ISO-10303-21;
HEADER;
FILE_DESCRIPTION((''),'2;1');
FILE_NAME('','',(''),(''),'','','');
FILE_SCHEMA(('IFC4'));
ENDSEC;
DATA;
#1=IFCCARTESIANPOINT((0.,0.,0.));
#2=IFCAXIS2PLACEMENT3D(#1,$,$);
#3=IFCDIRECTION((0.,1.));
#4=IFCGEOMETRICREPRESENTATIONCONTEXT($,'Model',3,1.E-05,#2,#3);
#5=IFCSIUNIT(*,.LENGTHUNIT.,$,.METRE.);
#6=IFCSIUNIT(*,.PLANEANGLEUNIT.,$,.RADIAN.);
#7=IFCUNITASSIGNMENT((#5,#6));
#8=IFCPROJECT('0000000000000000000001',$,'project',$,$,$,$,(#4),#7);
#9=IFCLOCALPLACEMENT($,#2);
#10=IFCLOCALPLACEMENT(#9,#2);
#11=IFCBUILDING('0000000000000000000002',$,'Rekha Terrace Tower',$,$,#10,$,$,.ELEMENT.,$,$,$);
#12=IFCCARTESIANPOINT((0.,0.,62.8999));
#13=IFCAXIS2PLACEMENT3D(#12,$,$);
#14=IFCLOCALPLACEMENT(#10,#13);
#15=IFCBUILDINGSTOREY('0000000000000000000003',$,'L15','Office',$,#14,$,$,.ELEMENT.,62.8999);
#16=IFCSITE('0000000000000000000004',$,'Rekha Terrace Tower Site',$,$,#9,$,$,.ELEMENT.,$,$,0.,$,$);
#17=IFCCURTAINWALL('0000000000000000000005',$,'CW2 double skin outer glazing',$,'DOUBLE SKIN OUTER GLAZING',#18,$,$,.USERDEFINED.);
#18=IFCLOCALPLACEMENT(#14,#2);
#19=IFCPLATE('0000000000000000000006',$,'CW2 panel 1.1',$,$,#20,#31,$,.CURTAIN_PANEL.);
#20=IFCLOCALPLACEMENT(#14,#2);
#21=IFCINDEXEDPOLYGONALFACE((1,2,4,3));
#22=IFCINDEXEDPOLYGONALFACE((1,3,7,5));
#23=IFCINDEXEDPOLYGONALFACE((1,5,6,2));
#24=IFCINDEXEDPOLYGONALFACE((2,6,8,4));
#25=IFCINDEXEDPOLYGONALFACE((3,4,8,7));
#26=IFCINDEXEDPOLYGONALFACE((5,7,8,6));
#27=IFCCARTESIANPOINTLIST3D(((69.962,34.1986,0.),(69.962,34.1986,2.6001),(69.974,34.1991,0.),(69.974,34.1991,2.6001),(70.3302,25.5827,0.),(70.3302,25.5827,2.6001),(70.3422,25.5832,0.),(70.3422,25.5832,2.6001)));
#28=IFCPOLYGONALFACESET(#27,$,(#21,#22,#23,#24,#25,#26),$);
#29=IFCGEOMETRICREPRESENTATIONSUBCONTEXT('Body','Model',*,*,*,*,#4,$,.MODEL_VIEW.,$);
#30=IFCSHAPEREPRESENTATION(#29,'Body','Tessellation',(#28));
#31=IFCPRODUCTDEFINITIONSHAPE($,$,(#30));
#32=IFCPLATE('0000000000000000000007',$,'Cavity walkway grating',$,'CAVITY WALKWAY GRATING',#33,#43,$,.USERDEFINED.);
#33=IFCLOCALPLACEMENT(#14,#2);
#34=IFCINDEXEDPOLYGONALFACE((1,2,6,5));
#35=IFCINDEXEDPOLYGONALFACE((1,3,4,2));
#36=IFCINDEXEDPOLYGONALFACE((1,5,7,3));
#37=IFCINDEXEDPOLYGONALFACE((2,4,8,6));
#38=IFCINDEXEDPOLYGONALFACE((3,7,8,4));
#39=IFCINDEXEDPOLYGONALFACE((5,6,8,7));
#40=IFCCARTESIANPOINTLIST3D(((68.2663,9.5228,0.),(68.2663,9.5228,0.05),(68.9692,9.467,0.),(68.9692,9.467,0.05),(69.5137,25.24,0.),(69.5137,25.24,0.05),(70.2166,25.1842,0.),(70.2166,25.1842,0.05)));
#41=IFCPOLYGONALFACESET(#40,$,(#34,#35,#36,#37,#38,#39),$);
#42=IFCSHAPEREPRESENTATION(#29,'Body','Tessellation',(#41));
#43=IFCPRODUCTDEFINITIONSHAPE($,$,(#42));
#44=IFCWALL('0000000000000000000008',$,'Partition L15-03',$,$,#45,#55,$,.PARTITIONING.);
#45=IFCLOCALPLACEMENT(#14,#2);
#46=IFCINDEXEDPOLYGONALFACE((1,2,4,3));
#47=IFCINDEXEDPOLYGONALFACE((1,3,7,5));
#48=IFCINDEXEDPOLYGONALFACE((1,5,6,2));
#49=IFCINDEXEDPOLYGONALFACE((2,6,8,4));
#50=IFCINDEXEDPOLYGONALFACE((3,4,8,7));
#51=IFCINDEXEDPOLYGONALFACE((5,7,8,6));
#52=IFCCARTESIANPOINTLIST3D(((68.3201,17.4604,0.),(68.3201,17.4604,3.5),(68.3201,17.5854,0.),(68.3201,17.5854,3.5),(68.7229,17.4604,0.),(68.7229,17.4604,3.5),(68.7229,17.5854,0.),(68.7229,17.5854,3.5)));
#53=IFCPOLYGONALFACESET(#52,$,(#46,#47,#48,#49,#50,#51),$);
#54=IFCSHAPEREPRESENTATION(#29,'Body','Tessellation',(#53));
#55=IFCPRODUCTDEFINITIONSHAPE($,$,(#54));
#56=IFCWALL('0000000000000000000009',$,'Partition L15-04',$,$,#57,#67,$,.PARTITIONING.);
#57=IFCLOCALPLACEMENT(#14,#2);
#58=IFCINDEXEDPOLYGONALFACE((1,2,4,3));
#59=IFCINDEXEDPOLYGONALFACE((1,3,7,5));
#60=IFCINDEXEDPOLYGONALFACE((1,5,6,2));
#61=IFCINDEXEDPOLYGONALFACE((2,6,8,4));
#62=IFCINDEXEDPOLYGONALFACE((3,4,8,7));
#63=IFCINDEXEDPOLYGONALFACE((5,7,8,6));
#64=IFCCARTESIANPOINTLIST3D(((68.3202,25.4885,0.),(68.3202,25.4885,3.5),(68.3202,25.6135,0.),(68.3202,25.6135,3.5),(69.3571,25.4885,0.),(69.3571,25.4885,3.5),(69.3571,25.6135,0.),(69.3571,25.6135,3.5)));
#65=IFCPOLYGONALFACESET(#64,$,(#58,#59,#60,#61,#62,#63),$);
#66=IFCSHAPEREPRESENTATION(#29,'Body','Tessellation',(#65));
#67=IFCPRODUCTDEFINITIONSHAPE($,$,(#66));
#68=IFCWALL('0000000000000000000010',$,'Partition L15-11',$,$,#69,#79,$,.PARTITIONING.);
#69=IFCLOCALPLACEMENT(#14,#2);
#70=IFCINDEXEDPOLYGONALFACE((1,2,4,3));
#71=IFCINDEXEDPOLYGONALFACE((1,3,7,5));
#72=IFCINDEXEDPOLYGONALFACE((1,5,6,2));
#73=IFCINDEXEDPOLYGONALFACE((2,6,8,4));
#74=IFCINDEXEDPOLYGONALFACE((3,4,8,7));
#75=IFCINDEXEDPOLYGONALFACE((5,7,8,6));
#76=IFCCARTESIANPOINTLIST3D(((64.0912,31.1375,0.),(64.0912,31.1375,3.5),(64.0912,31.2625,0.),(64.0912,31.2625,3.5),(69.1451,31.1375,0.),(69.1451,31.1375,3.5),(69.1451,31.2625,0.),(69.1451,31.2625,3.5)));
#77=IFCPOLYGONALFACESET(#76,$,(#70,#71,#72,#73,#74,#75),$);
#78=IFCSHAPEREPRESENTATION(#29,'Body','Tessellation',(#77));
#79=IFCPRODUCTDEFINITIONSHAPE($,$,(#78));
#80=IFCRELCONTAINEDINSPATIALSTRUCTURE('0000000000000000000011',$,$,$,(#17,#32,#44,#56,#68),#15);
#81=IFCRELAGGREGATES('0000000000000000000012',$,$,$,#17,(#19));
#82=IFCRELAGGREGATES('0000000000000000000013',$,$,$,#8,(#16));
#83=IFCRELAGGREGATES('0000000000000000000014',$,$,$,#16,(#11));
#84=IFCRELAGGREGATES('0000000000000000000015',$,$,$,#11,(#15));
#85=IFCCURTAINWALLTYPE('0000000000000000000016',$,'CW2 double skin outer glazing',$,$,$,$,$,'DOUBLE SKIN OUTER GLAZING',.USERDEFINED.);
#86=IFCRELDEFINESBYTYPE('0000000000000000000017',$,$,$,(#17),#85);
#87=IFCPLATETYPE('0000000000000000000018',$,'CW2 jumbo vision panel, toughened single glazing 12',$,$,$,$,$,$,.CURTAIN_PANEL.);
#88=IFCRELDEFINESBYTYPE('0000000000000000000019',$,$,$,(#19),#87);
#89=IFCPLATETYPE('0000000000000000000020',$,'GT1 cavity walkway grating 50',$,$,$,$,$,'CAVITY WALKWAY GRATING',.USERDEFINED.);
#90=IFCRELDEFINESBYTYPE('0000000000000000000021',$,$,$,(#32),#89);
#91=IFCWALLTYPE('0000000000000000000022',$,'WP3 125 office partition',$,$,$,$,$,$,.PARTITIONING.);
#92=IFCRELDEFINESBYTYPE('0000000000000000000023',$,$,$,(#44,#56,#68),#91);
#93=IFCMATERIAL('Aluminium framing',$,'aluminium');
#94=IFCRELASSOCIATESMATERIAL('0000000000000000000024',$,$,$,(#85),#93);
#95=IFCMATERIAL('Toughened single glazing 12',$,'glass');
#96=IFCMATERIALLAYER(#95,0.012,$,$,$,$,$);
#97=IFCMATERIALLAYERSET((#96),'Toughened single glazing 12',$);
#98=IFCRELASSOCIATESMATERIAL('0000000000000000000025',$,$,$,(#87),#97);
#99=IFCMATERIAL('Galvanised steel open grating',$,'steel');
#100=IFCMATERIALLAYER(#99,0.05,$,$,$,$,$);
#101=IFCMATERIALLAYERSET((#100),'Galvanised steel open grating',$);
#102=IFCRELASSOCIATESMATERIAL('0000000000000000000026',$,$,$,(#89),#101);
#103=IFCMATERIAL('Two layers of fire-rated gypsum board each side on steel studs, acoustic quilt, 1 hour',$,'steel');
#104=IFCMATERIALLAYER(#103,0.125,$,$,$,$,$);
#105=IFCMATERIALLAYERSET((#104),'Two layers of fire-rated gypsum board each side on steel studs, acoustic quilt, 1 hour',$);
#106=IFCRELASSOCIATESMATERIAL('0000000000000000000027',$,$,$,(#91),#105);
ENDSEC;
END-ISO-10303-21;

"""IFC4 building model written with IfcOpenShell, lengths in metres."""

from ifc_helpers import new_model, si_unit, direction, frame, frame_2d, origin, origin_2d, place, context, subcontext, project, spatial, rectangle, extrude, material, layer, layer_set, type_object, element, aggregate, save


model = new_model("IFC4")

# Units and contexts
model_context = context("Model", 3, precision=1e-05, world=origin(), true_north=direction((0.0, 1.0)))
body_context = subcontext(model_context, "Body", "Model", "MODEL_VIEW")
ifc_project = project(units=[si_unit("LENGTHUNIT", "METRE"), si_unit("PLANEANGLEUNIT", "RADIAN")], contexts=[model_context])

# Site, building, storey
site_placement = place(None, origin())
site = spatial("IfcSite", under=ifc_project, at=site_placement, Name="Rekha Terrace Tower Site", CompositionType="ELEMENT", RefElevation=0.0)
building_placement = place(site_placement, origin())
building = spatial("IfcBuilding", under=site, at=building_placement, Name="Rekha Terrace Tower", CompositionType="ELEMENT")
storey_placement = place(building_placement, frame((0.0, 0.0, 62.8999)))
storey = spatial("IfcBuildingStorey", under=building, at=storey_placement, Name="L15", Description="Office", CompositionType="ELEMENT", Elevation=62.8999)

# Shared definitions
ifc_material_1 = material(Name="Aluminium framing", Category="aluminium")

# Curtain wall
curtain_wall_type_1 = type_object("IfcCurtainWallType", Name="CW2 double skin outer glazing", ElementType="DOUBLE SKIN OUTER GLAZING", PredefinedType="USERDEFINED", material=ifc_material_1)
curtain_wall_1_placement = place(storey_placement, origin())
curtain_wall_1 = element("IfcCurtainWall", 1, at=curtain_wall_1_placement, inside=storey, type_object=curtain_wall_type_1, Name="CW2 double skin outer glazing", ObjectType="DOUBLE SKIN OUTER GLAZING", PredefinedType="USERDEFINED")

# Shared definitions
ifc_material_2 = material(Name="Toughened single glazing 12", Category="glass")
ifc_layer_1 = layer(ifc_material_2, 0.012)
ifc_layer_set_1 = layer_set([ifc_layer_1], Name="Toughened single glazing 12")
plate_type_1 = type_object("IfcPlateType", Name="CW2 jumbo vision panel, toughened single glazing 12", PredefinedType="CURTAIN_PANEL", material=ifc_layer_set_1)

# Plates
plate_1_placement = place(storey_placement, frame((70.1521, 29.8909, 0.0), z_axis=(0.0, 0.0, 1.0), x_axis=(-0.042696, 0.999088, 0.0)))
plate_1 = element("IfcPlate", 2, at=plate_1_placement, type_object=plate_type_1, Name="CW2 panel 1.1", PredefinedType="CURTAIN_PANEL", context=body_context, shape_type="SweptSolid", body=[
    extrude(rectangle(XDim=8.6238, YDim=0.012, at=origin_2d()), origin(), (0.0, 0.0, 1.0), 2.6001),
])
aggregate(curtain_wall_1, [plate_1])
ifc_material_3 = material(Name="Galvanised steel open grating", Category="steel")
ifc_layer_2 = layer(ifc_material_3, 0.05)
ifc_layer_set_2 = layer_set([ifc_layer_2], Name="Galvanised steel open grating")
plate_type_2 = type_object("IfcPlateType", Name="GT1 cavity walkway grating 50", ElementType="CAVITY WALKWAY GRATING", PredefinedType="USERDEFINED", material=ifc_layer_set_2)
plate_2_placement = place(storey_placement, frame((69.2415, 17.3535, 0.0), z_axis=(0.0, 0.0, 1.0), x_axis=(0.079116, 0.996865, 0.0)))
element("IfcPlate", 3, at=plate_2_placement, inside=storey, type_object=plate_type_2, Name="Cavity walkway grating", ObjectType="CAVITY WALKWAY GRATING", PredefinedType="USERDEFINED", context=body_context, shape_type="SweptSolid", body=[
    extrude(rectangle(XDim=15.7666, YDim=0.7051, at=origin_2d()), origin(), (0.0, 0.0, 1.0), 0.05),
])

# Walls
ifc_material_4 = material(Name="Two layers of fire-rated gypsum board each side on steel studs, acoustic quilt, 1 hour", Category="steel")
ifc_layer_3 = layer(ifc_material_4, 0.125)
ifc_layer_set_3 = layer_set([ifc_layer_3], Name="Two layers of fire-rated gypsum board each side on steel studs, acoustic quilt, 1 hour")
wall_type = type_object("IfcWallType", Name="WP3 125 office partition", PredefinedType="PARTITIONING", material=ifc_layer_set_3)
wall_1_placement = place(storey_placement, frame((68.3201, 17.5229, 0.0), z_axis=(0.0, 0.0, 1.0), x_axis=(1.0, 0.0, 0.0)))
element("IfcWall", 4, at=wall_1_placement, inside=storey, type_object=wall_type, Name="Partition L15-03", PredefinedType="PARTITIONING", context=body_context, shape_type="SweptSolid", body=[
    extrude(rectangle(XDim=0.4028, YDim=0.125, at=frame_2d((0.2014, 0.0))), origin(), (0.0, 0.0, 1.0), 3.5),
])
wall_2_placement = place(storey_placement, frame((68.3201, 25.551, 0.0), z_axis=(0.0, 0.0, 1.0), x_axis=(1.0, 0.0, 0.0)))
element("IfcWall", 5, at=wall_2_placement, inside=storey, type_object=wall_type, Name="Partition L15-04", PredefinedType="PARTITIONING", context=body_context, shape_type="SweptSolid", body=[
    extrude(rectangle(XDim=1.0369, YDim=0.125, at=frame_2d((0.5186, 0.0))), origin(), (0.0, 0.0, 1.0), 3.5),
])
wall_3_placement = place(storey_placement, frame((69.145, 31.2, 0.0), z_axis=(0.0, 0.0, 1.0), x_axis=(-1.0, 0.0, 0.0)))
element("IfcWall", 6, at=wall_3_placement, inside=storey, type_object=wall_type, Name="Partition L15-11", PredefinedType="PARTITIONING", context=body_context, shape_type="SweptSolid", body=[
    extrude(rectangle(XDim=5.054, YDim=0.125, at=frame_2d((2.5269, 0.0))), origin(), (0.0, 0.0, 1.0), 3.5),
])

save(model, "model.ifc")
